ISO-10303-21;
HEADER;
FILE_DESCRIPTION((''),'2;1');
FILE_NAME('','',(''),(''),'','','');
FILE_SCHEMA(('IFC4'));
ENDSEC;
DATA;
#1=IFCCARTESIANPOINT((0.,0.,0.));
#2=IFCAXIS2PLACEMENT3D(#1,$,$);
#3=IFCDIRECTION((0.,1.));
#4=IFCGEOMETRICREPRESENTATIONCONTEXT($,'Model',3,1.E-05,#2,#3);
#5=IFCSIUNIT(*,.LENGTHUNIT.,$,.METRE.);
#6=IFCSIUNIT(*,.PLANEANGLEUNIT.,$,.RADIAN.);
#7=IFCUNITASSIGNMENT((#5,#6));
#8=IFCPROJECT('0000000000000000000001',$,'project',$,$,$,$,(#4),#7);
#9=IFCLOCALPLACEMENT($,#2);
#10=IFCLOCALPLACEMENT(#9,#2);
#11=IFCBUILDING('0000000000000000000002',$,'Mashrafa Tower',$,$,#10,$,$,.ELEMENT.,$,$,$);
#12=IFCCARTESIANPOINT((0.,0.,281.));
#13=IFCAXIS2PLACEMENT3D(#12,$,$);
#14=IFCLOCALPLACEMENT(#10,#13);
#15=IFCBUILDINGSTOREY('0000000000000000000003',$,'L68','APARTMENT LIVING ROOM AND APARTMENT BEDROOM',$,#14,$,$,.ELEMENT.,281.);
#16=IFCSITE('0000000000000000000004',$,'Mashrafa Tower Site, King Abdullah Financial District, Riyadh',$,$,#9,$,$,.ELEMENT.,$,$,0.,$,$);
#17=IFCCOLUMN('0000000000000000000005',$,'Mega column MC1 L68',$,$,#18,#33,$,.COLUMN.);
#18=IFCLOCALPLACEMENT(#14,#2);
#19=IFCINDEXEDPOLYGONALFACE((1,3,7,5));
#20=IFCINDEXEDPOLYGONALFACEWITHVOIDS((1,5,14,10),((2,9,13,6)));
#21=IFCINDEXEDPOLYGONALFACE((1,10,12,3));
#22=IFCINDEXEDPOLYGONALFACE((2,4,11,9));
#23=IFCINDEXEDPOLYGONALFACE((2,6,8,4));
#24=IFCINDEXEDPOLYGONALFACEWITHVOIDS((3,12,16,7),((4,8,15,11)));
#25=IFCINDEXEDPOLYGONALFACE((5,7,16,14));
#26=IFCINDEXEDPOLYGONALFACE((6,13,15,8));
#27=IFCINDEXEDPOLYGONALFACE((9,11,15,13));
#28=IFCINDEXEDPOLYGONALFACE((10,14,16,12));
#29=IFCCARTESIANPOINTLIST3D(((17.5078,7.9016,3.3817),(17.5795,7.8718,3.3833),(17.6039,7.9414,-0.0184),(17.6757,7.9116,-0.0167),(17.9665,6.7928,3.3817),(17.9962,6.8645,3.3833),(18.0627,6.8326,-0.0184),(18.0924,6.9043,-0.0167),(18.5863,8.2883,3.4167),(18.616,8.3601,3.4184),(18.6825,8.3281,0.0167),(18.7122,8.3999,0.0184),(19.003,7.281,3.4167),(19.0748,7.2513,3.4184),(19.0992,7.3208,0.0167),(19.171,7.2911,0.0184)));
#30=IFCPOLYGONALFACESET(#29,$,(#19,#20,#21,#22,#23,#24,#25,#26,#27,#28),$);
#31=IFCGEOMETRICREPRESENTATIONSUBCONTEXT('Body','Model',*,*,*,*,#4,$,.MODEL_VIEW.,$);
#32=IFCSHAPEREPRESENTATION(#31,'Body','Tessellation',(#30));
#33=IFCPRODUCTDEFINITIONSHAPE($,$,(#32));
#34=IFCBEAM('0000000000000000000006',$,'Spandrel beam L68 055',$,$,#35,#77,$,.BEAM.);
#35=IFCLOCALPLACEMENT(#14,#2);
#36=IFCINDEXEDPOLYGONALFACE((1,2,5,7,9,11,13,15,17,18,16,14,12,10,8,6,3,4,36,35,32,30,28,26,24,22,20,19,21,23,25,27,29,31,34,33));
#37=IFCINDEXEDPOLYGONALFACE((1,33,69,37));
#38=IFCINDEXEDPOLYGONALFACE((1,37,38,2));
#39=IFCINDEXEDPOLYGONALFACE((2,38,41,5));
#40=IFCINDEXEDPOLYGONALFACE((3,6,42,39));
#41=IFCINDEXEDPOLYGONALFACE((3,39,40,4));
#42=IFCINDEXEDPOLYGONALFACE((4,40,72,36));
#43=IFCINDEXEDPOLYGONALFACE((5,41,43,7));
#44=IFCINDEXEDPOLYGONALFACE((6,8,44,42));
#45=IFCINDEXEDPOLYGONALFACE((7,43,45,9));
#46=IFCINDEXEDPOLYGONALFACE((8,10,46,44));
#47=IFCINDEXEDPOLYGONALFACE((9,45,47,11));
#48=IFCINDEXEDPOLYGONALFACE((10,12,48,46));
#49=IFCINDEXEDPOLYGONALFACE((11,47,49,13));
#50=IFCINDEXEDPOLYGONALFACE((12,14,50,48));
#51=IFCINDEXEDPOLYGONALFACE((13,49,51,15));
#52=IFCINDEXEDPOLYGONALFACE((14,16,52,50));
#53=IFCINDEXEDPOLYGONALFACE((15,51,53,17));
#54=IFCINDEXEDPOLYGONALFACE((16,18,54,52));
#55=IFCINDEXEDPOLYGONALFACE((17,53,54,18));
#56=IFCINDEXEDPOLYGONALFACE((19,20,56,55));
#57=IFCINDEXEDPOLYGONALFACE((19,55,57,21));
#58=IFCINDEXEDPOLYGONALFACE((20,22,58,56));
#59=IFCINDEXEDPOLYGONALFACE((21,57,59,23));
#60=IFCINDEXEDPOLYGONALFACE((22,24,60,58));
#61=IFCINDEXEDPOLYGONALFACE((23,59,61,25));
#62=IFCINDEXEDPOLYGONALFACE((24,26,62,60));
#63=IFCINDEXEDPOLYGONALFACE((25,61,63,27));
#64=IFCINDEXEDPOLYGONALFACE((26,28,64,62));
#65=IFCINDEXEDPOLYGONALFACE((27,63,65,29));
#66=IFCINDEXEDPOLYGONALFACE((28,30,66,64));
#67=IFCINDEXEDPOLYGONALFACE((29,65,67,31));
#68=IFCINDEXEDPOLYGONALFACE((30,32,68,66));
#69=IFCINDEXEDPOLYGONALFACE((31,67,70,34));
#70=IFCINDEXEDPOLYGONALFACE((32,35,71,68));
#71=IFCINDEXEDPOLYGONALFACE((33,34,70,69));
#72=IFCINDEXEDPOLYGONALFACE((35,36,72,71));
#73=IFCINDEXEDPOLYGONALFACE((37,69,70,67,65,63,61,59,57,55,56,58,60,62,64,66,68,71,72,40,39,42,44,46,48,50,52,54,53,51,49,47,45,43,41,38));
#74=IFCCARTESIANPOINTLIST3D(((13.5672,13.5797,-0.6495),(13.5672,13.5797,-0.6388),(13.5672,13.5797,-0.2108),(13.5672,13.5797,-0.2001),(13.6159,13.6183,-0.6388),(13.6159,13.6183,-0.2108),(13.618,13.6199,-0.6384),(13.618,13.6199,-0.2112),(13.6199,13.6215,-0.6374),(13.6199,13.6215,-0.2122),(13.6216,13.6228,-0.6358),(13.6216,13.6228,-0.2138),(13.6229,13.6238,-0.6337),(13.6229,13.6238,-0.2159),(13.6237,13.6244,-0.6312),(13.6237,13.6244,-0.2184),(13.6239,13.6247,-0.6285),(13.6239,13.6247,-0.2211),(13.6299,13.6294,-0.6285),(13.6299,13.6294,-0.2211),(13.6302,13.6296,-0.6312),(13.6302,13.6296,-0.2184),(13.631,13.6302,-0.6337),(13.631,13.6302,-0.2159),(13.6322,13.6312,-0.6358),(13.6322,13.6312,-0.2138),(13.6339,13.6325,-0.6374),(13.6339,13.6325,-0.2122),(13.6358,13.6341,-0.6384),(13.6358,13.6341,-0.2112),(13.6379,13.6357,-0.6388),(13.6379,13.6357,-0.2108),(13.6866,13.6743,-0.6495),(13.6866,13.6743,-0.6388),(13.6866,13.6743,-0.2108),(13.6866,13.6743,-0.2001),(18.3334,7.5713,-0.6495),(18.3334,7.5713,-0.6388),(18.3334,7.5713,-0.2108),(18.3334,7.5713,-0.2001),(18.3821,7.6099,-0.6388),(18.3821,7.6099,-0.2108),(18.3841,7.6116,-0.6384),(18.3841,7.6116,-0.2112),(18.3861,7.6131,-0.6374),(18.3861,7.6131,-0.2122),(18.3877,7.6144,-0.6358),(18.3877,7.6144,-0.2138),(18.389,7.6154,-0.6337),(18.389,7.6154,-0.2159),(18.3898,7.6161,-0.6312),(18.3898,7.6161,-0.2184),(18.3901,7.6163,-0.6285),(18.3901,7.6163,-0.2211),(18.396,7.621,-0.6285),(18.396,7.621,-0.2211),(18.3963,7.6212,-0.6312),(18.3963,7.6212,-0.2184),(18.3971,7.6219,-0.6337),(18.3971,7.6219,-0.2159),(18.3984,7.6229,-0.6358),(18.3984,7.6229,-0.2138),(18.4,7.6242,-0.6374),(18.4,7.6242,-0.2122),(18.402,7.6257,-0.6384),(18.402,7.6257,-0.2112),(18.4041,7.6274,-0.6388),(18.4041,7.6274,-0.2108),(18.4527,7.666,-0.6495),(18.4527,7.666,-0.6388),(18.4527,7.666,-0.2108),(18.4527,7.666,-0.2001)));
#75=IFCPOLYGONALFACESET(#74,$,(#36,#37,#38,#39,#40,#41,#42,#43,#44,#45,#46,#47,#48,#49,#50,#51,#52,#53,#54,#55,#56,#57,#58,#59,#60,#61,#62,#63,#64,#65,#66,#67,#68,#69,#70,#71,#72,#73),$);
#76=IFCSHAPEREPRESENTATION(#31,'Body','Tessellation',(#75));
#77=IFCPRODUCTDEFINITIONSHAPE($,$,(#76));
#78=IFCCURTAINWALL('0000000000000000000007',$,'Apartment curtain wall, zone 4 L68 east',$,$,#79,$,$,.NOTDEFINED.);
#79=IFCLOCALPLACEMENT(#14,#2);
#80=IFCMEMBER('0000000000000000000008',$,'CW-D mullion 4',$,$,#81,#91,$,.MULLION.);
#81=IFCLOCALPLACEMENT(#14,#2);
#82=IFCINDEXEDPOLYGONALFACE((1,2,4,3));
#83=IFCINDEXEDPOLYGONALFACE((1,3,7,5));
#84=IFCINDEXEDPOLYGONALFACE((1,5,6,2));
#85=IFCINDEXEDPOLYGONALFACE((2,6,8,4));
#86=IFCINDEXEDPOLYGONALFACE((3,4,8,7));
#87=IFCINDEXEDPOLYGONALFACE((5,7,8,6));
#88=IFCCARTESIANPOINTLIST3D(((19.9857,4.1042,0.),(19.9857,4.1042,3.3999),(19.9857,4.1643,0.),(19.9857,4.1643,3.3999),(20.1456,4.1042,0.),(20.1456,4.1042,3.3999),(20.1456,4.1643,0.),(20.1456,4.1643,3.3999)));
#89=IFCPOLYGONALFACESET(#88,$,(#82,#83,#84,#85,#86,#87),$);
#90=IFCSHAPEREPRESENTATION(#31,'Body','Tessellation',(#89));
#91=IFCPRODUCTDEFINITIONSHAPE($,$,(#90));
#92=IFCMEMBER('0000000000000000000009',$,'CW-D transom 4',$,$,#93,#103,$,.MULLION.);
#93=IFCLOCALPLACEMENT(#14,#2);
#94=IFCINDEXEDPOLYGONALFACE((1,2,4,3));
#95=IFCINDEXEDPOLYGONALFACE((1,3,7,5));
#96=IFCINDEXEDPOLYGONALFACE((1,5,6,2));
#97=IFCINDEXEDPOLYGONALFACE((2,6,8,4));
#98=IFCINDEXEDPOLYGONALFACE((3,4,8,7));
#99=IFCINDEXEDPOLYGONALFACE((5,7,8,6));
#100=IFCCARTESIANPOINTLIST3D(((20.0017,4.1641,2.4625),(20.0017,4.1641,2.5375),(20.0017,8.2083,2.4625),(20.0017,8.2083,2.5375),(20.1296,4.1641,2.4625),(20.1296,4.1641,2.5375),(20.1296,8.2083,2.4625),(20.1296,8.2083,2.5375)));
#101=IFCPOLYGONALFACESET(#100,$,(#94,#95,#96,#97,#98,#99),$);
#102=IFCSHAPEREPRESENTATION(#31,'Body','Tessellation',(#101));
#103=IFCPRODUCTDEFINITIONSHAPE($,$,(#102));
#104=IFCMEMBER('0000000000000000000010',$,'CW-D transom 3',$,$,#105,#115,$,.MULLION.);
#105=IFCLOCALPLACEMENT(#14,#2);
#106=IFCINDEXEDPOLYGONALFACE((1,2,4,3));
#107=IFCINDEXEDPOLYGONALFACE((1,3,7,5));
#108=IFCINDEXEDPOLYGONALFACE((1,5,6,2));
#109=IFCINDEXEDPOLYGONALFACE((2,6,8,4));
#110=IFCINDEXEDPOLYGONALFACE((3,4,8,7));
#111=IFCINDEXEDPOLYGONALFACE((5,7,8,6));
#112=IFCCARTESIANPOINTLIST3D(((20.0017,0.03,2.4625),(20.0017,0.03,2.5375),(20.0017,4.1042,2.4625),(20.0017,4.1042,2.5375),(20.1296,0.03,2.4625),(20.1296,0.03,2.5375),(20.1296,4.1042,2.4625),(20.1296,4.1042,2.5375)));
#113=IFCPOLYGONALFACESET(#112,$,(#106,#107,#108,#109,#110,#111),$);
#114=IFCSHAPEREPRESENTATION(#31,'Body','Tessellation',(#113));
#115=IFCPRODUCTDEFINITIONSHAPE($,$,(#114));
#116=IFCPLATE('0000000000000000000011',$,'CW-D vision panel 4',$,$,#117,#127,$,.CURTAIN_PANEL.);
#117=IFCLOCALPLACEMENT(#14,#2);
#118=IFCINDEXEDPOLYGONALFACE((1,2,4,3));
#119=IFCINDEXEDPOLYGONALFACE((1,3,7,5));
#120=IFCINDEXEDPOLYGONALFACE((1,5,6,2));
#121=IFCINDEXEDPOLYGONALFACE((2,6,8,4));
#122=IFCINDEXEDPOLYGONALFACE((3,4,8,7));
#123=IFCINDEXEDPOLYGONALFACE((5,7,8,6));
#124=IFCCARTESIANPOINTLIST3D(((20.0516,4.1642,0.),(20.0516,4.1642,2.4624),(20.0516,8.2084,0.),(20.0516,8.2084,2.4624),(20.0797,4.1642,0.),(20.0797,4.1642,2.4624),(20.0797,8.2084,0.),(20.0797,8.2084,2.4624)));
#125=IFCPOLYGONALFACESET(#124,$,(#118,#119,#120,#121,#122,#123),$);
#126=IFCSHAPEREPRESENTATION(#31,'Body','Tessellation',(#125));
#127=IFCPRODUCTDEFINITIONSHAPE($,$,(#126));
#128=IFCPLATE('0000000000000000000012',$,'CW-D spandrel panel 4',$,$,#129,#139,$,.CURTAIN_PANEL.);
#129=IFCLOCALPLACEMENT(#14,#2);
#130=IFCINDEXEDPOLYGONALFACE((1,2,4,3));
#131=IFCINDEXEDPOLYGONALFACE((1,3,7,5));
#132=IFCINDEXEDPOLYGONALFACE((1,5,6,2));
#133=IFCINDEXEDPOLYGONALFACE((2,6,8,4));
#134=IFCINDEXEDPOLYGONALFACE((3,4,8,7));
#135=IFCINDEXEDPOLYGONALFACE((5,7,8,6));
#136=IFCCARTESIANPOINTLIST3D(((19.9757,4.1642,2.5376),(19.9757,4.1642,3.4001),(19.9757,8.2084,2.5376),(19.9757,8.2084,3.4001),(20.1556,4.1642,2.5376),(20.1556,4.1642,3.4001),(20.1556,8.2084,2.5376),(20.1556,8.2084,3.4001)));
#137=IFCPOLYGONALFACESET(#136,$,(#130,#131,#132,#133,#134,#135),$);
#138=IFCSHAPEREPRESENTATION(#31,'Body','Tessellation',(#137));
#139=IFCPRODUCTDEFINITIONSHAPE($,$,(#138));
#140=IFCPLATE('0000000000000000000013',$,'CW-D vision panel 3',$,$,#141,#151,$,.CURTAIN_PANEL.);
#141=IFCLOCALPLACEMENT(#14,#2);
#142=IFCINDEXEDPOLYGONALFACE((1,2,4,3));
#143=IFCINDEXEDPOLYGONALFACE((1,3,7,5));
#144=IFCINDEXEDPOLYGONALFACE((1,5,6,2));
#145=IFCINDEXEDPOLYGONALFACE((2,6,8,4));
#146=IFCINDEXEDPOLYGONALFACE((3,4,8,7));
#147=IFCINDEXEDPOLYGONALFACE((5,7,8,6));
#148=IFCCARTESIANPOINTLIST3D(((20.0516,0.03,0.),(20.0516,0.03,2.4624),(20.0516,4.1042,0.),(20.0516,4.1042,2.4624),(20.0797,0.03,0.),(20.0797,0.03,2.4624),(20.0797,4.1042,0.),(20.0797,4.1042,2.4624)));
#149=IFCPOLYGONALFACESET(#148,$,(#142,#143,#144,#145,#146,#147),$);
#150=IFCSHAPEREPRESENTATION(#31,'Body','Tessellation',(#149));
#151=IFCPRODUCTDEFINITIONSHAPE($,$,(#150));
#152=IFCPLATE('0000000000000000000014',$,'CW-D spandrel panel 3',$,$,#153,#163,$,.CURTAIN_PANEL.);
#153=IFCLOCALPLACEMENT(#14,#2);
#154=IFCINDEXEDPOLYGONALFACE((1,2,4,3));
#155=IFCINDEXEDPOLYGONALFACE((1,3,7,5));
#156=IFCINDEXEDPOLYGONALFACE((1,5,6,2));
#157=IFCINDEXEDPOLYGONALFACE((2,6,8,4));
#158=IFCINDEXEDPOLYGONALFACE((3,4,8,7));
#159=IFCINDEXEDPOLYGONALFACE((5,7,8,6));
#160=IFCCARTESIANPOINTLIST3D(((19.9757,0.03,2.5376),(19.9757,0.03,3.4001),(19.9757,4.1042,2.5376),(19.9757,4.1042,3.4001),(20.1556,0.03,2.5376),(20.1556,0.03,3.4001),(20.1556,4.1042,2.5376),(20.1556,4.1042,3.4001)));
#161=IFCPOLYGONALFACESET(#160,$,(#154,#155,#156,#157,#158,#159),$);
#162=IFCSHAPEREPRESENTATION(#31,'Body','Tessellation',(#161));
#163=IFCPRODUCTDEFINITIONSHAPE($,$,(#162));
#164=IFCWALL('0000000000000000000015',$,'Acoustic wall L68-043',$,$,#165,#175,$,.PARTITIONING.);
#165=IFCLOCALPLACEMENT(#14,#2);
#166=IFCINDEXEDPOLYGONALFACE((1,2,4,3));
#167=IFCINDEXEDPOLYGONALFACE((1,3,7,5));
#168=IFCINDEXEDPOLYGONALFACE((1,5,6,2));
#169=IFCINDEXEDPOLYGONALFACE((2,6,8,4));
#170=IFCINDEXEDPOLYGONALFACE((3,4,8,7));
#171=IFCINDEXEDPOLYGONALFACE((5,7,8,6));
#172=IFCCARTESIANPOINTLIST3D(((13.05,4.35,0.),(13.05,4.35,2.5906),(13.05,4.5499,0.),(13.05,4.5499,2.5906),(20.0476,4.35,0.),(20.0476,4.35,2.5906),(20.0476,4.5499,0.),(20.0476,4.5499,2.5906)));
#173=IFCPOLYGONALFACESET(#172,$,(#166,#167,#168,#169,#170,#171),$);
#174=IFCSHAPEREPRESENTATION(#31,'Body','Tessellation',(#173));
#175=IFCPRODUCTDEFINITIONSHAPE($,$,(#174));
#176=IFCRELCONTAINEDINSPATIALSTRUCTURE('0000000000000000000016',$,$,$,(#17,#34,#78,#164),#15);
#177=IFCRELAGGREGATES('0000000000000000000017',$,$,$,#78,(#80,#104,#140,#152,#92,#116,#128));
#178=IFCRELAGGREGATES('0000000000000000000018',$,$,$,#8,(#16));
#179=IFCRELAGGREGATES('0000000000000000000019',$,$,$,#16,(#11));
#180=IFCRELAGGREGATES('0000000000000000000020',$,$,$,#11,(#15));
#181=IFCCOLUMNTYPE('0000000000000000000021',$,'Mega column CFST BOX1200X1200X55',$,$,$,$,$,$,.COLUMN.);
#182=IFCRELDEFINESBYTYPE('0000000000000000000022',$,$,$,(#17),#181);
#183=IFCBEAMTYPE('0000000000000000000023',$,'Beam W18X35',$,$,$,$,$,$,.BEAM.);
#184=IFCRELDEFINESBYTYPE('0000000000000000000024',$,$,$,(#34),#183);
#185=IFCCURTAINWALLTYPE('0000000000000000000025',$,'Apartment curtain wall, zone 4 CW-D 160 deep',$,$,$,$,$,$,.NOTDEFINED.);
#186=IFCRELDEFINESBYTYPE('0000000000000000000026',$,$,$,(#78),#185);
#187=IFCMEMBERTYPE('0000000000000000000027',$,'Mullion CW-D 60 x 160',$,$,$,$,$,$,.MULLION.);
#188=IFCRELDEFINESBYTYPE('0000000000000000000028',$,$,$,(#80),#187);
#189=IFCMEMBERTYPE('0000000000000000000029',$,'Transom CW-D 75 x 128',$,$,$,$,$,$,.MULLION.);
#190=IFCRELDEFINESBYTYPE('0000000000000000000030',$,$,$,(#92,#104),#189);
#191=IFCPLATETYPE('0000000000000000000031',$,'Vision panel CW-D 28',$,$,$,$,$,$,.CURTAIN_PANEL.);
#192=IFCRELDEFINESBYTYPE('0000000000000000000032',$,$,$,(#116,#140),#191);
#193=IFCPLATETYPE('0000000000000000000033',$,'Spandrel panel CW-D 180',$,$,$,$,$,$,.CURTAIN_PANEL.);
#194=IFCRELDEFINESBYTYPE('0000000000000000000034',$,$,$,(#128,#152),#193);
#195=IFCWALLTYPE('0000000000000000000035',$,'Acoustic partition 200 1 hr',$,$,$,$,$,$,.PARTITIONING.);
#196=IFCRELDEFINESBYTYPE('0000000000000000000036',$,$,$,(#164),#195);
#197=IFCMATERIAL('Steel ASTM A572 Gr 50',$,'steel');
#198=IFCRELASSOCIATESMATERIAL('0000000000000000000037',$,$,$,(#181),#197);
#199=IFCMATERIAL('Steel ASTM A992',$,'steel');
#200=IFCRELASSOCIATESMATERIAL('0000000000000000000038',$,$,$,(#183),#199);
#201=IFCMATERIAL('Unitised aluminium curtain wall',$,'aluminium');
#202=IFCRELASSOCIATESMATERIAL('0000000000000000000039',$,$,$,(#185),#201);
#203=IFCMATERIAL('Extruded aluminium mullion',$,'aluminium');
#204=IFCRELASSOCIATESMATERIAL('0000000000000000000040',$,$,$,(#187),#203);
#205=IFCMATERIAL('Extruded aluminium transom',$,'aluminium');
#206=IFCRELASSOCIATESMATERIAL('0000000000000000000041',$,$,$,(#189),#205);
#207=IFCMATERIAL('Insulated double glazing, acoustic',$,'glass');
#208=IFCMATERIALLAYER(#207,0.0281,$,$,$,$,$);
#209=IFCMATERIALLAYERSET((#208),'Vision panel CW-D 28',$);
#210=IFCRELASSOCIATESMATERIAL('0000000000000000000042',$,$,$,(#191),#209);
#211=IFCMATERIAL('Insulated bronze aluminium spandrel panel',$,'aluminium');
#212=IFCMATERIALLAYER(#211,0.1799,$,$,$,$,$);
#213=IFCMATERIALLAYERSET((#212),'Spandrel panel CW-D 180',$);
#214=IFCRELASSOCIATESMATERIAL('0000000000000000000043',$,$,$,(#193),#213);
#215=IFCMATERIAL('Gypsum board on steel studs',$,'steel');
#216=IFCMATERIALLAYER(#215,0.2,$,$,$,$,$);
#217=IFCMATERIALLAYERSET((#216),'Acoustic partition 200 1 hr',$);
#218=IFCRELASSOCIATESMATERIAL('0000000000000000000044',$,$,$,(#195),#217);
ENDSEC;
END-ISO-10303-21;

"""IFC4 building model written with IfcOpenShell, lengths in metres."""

from ifc_helpers import new_model, si_unit, direction, frame, frame_2d, origin, origin_2d, place, context, subcontext, project, spatial, rectangle, hollow_rectangle, i_section, extrude, source, transform, mapped, material, layer, layer_set, material_profile, profile_set, type_object, type_shapes, element, aggregate, save


model = new_model("IFC4")

# Units and contexts
model_context = context("Model", 3, precision=1e-05, world=origin(), true_north=direction((0.0, 1.0)))
body_context = subcontext(model_context, "Body", "Model", "MODEL_VIEW")
ifc_project = project(units=[si_unit("LENGTHUNIT", "METRE"), si_unit("PLANEANGLEUNIT", "RADIAN")], contexts=[model_context])

# Site, building, storey
site_placement = place(None, origin())
site = spatial("IfcSite", under=ifc_project, at=site_placement, Name="Mashrafa Tower Site, King Abdullah Financial District, Riyadh", CompositionType="ELEMENT", RefElevation=0.0)
building_placement = place(site_placement, origin())
building = spatial("IfcBuilding", under=site, at=building_placement, Name="Mashrafa Tower", CompositionType="ELEMENT")
storey_placement = place(building_placement, frame((0.0, 0.0, 281.0)))
storey = spatial("IfcBuildingStorey", under=building, at=storey_placement, Name="L68", Description="APARTMENT LIVING ROOM AND APARTMENT BEDROOM", CompositionType="ELEMENT", Elevation=281.0)

# Column
ifc_material_1 = material(Name="Steel ASTM A572 Gr 50", Category="steel")
ifc_material_profile_1 = material_profile(ifc_material_1, hollow_rectangle(XDim=1.2, YDim=1.2, WallThickness=0.0549, at=origin_2d()), Name="BOX1200X1200X55")
ifc_profile_set_1 = profile_set([ifc_material_profile_1], Name="Steel ASTM A572 Gr 50")
column_type = type_object("IfcColumnType", Name="Mega column CFST BOX1200X1200X55", PredefinedType="COLUMN", material=ifc_profile_set_1)
column_placement = place(storey_placement, frame((18.3875, 7.6162, 0.0), z_axis=(-0.028279, -0.011699, 0.999532), x_axis=(0.382283, -0.924045, 0.0)))
element("IfcColumn", 1, at=column_placement, inside=storey, type_object=column_type, Name="Mega column MC1 L68", PredefinedType="COLUMN", context=body_context, shape_type="SweptSolid", body=[
    extrude(hollow_rectangle(XDim=1.2, YDim=1.2, WallThickness=0.0549, at=origin_2d()), origin(), (0.0, 0.0, 1.0), 3.4016),
])

# Beam
ifc_material_2 = material(Name="Steel ASTM A992", Category="steel")
ifc_material_profile_2 = material_profile(ifc_material_2, i_section(OverallWidth=0.1523, OverallDepth=0.4495, WebThickness=0.0076, FlangeThickness=0.0107, FilletRadius=0.0103, at=origin_2d()), Name="W18X35")
ifc_profile_set_2 = profile_set([ifc_material_profile_2], Name="Steel ASTM A992")
beam_type = type_object("IfcBeamType", Name="Beam W18X35", PredefinedType="BEAM", material=ifc_profile_set_2)
beam_placement = place(storey_placement, frame((18.3931, 7.6187, -0.4248), z_axis=(-0.621467, 0.78344, 0.0), x_axis=(-0.78344, -0.621467, 0.0)))
element("IfcBeam", 2, at=beam_placement, inside=storey, type_object=beam_type, Name="Spandrel beam L68 055", PredefinedType="BEAM", context=body_context, shape_type="SweptSolid", body=[
    extrude(i_section(OverallWidth=0.1523, OverallDepth=0.4495, WebThickness=0.0076, FlangeThickness=0.0107, FilletRadius=0.0103, at=origin_2d()), origin(), (0.0, 0.0, 1.0), 7.6692),
])

# Curtain wall, members, plates
ifc_material_3 = material(Name="Unitised aluminium curtain wall", Category="aluminium")
curtain_wall_type = type_object("IfcCurtainWallType", Name="Apartment curtain wall, zone 4 CW-D 160 deep", PredefinedType="NOTDEFINED", material=ifc_material_3)
curtain_wall_placement = place(storey_placement, origin())
curtain_wall = element("IfcCurtainWall", 3, at=curtain_wall_placement, inside=storey, type_object=curtain_wall_type, Name="Apartment curtain wall, zone 4 L68 east", PredefinedType="NOTDEFINED")
ifc_material_4 = material(Name="Extruded aluminium mullion", Category="aluminium")
ifc_material_profile_3 = material_profile(ifc_material_4, rectangle(XDim=0.1599, YDim=0.0601, at=origin_2d()), Name="Mullion 60x160")
ifc_profile_set_3 = profile_set([ifc_material_profile_3], Name="Extruded aluminium mullion")
member_type_1 = type_object("IfcMemberType", Name="Mullion CW-D 60 x 160", PredefinedType="MULLION", material=ifc_profile_set_3)
shared_shape_1 = source(origin(), body_context, "Body", "SweptSolid", [
    extrude(rectangle(XDim=0.1599, YDim=0.0601, at=origin_2d()), origin(), (0.0, 0.0, 1.0), 3.3999),
])
type_shapes(member_type_1, [shared_shape_1])
member_1_placement = place(storey_placement, frame((20.0657, 4.1343, 0.0), z_axis=(0.0, 0.0, 1.0), x_axis=(-1.0, 0.0, 0.0)))
member_1 = element("IfcMember", 4, at=member_1_placement, type_object=member_type_1, Name="CW-D mullion 4", PredefinedType="MULLION", context=body_context, shape_type="MappedRepresentation", body=[
    mapped(shared_shape_1, transform((0.0, 0.0, 0.0))),
])
ifc_material_5 = material(Name="Extruded aluminium transom", Category="aluminium")
ifc_material_profile_4 = material_profile(ifc_material_5, rectangle(XDim=0.1279, YDim=0.075, at=origin_2d()), Name="Transom 75x128")
ifc_profile_set_4 = profile_set([ifc_material_profile_4], Name="Extruded aluminium transom")
member_type_2 = type_object("IfcMemberType", Name="Transom CW-D 75 x 128", PredefinedType="MULLION", material=ifc_profile_set_4)
shared_shape_2 = source(origin(), body_context, "Body", "SweptSolid", [
    extrude(rectangle(XDim=0.1279, YDim=0.075, at=origin_2d()), origin(), (0.0, 0.0, 1.0), 4.0442),
])
member_2_placement = place(storey_placement, frame((20.0657, 4.1641, 2.5), z_axis=(0.0, 1.0, 0.0), x_axis=(-1.0, 0.0, 0.0)))
member_2 = element("IfcMember", 5, at=member_2_placement, type_object=member_type_2, Name="CW-D transom 4", PredefinedType="MULLION", context=body_context, shape_type="MappedRepresentation", body=[
    mapped(shared_shape_2, transform((0.0, 0.0, 0.0))),
])
shared_shape_3 = source(origin(), body_context, "Body", "SweptSolid", [
    extrude(rectangle(XDim=0.1279, YDim=0.075, at=origin_2d()), origin(), (0.0, 0.0, 1.0), 4.0742),
])
type_shapes(member_type_2, [shared_shape_2, shared_shape_3])
member_3_placement = place(storey_placement, frame((20.0657, 0.03, 2.5), z_axis=(0.0, 1.0, 0.0), x_axis=(-1.0, 0.0, 0.0)))
member_3 = element("IfcMember", 6, at=member_3_placement, type_object=member_type_2, Name="CW-D transom 3", PredefinedType="MULLION", context=body_context, shape_type="MappedRepresentation", body=[
    mapped(shared_shape_3, transform((0.0, 0.0, 0.0))),
])
ifc_material_6 = material(Name="Insulated double glazing, acoustic", Category="glass")
ifc_layer_1 = layer(ifc_material_6, 0.0281)
ifc_layer_set_1 = layer_set([ifc_layer_1], Name="Vision panel CW-D 28")
plate_type_1 = type_object("IfcPlateType", Name="Vision panel CW-D 28", PredefinedType="CURTAIN_PANEL", material=ifc_layer_set_1)
shared_shape_4 = source(origin(), body_context, "Body", "SweptSolid", [
    extrude(rectangle(XDim=4.0442, YDim=0.0281, at=origin_2d()), origin(), (0.0, 0.0, 1.0), 2.4624),
])
plate_1_placement = place(storey_placement, frame((20.0657, 6.1863, 0.0), z_axis=(0.0, 0.0, 1.0), x_axis=(0.0, 1.0, 0.0)))
plate_1 = element("IfcPlate", 7, at=plate_1_placement, type_object=plate_type_1, Name="CW-D vision panel 4", PredefinedType="CURTAIN_PANEL", context=body_context, shape_type="MappedRepresentation", body=[
    mapped(shared_shape_4, transform((0.0, 0.0, 0.0))),
])
ifc_material_7 = material(Name="Insulated bronze aluminium spandrel panel", Category="aluminium")
ifc_layer_2 = layer(ifc_material_7, 0.1799)
ifc_layer_set_2 = layer_set([ifc_layer_2], Name="Spandrel panel CW-D 180")
plate_type_2 = type_object("IfcPlateType", Name="Spandrel panel CW-D 180", PredefinedType="CURTAIN_PANEL", material=ifc_layer_set_2)
shared_shape_5 = source(origin(), body_context, "Body", "SweptSolid", [
    extrude(rectangle(XDim=4.0442, YDim=0.1799, at=origin_2d()), origin(), (0.0, 0.0, 1.0), 0.8625),
])
plate_2_placement = place(storey_placement, frame((20.0657, 6.1863, 2.5376), z_axis=(0.0, 0.0, 1.0), x_axis=(0.0, 1.0, 0.0)))
plate_2 = element("IfcPlate", 8, at=plate_2_placement, type_object=plate_type_2, Name="CW-D spandrel panel 4", PredefinedType="CURTAIN_PANEL", context=body_context, shape_type="MappedRepresentation", body=[
    mapped(shared_shape_5, transform((0.0, 0.0, 0.0))),
])
shared_shape_6 = source(origin(), body_context, "Body", "SweptSolid", [
    extrude(rectangle(XDim=4.0742, YDim=0.0281, at=origin_2d()), origin(), (0.0, 0.0, 1.0), 2.4624),
])
type_shapes(plate_type_1, [shared_shape_4, shared_shape_6])
plate_3_placement = place(storey_placement, frame((20.0657, 2.0671, 0.0), z_axis=(0.0, 0.0, 1.0), x_axis=(0.0, 1.0, 0.0)))
plate_3 = element("IfcPlate", 9, at=plate_3_placement, type_object=plate_type_1, Name="CW-D vision panel 3", PredefinedType="CURTAIN_PANEL", context=body_context, shape_type="MappedRepresentation", body=[
    mapped(shared_shape_6, transform((0.0, 0.0, 0.0))),
])
shared_shape_7 = source(origin(), body_context, "Body", "SweptSolid", [
    extrude(rectangle(XDim=4.0742, YDim=0.1799, at=origin_2d()), origin(), (0.0, 0.0, 1.0), 0.8625),
])
type_shapes(plate_type_2, [shared_shape_5, shared_shape_7])
plate_4_placement = place(storey_placement, frame((20.0657, 2.0671, 2.5376), z_axis=(0.0, 0.0, 1.0), x_axis=(0.0, 1.0, 0.0)))
plate_4 = element("IfcPlate", 10, at=plate_4_placement, type_object=plate_type_2, Name="CW-D spandrel panel 3", PredefinedType="CURTAIN_PANEL", context=body_context, shape_type="MappedRepresentation", body=[
    mapped(shared_shape_7, transform((0.0, 0.0, 0.0))),
])
aggregate(curtain_wall, [member_1, member_3, plate_3, plate_4, member_2, plate_1, plate_2])

# Wall
ifc_material_8 = material(Name="Gypsum board on steel studs", Category="steel")
ifc_layer_3 = layer(ifc_material_8, 0.2)
ifc_layer_set_3 = layer_set([ifc_layer_3], Name="Acoustic partition 200 1 hr")
wall_type_1 = type_object("IfcWallType", Name="Acoustic partition 200 1 hr", PredefinedType="PARTITIONING", material=ifc_layer_set_3)
wall_1_placement = place(storey_placement, frame((13.05, 4.45, 0.0), z_axis=(0.0, 0.0, 1.0), x_axis=(1.0, 0.0, 0.0)))
element("IfcWall", 11, at=wall_1_placement, inside=storey, type_object=wall_type_1, Name="Acoustic wall L68-043", PredefinedType="PARTITIONING", context=body_context, shape_type="SweptSolid", body=[
    extrude(rectangle(XDim=6.9976, YDim=0.2, at=frame_2d((3.4988, 0.0))), origin(), (0.0, 0.0, 1.0), 2.5906),
])

save(model, "model.ifc")
